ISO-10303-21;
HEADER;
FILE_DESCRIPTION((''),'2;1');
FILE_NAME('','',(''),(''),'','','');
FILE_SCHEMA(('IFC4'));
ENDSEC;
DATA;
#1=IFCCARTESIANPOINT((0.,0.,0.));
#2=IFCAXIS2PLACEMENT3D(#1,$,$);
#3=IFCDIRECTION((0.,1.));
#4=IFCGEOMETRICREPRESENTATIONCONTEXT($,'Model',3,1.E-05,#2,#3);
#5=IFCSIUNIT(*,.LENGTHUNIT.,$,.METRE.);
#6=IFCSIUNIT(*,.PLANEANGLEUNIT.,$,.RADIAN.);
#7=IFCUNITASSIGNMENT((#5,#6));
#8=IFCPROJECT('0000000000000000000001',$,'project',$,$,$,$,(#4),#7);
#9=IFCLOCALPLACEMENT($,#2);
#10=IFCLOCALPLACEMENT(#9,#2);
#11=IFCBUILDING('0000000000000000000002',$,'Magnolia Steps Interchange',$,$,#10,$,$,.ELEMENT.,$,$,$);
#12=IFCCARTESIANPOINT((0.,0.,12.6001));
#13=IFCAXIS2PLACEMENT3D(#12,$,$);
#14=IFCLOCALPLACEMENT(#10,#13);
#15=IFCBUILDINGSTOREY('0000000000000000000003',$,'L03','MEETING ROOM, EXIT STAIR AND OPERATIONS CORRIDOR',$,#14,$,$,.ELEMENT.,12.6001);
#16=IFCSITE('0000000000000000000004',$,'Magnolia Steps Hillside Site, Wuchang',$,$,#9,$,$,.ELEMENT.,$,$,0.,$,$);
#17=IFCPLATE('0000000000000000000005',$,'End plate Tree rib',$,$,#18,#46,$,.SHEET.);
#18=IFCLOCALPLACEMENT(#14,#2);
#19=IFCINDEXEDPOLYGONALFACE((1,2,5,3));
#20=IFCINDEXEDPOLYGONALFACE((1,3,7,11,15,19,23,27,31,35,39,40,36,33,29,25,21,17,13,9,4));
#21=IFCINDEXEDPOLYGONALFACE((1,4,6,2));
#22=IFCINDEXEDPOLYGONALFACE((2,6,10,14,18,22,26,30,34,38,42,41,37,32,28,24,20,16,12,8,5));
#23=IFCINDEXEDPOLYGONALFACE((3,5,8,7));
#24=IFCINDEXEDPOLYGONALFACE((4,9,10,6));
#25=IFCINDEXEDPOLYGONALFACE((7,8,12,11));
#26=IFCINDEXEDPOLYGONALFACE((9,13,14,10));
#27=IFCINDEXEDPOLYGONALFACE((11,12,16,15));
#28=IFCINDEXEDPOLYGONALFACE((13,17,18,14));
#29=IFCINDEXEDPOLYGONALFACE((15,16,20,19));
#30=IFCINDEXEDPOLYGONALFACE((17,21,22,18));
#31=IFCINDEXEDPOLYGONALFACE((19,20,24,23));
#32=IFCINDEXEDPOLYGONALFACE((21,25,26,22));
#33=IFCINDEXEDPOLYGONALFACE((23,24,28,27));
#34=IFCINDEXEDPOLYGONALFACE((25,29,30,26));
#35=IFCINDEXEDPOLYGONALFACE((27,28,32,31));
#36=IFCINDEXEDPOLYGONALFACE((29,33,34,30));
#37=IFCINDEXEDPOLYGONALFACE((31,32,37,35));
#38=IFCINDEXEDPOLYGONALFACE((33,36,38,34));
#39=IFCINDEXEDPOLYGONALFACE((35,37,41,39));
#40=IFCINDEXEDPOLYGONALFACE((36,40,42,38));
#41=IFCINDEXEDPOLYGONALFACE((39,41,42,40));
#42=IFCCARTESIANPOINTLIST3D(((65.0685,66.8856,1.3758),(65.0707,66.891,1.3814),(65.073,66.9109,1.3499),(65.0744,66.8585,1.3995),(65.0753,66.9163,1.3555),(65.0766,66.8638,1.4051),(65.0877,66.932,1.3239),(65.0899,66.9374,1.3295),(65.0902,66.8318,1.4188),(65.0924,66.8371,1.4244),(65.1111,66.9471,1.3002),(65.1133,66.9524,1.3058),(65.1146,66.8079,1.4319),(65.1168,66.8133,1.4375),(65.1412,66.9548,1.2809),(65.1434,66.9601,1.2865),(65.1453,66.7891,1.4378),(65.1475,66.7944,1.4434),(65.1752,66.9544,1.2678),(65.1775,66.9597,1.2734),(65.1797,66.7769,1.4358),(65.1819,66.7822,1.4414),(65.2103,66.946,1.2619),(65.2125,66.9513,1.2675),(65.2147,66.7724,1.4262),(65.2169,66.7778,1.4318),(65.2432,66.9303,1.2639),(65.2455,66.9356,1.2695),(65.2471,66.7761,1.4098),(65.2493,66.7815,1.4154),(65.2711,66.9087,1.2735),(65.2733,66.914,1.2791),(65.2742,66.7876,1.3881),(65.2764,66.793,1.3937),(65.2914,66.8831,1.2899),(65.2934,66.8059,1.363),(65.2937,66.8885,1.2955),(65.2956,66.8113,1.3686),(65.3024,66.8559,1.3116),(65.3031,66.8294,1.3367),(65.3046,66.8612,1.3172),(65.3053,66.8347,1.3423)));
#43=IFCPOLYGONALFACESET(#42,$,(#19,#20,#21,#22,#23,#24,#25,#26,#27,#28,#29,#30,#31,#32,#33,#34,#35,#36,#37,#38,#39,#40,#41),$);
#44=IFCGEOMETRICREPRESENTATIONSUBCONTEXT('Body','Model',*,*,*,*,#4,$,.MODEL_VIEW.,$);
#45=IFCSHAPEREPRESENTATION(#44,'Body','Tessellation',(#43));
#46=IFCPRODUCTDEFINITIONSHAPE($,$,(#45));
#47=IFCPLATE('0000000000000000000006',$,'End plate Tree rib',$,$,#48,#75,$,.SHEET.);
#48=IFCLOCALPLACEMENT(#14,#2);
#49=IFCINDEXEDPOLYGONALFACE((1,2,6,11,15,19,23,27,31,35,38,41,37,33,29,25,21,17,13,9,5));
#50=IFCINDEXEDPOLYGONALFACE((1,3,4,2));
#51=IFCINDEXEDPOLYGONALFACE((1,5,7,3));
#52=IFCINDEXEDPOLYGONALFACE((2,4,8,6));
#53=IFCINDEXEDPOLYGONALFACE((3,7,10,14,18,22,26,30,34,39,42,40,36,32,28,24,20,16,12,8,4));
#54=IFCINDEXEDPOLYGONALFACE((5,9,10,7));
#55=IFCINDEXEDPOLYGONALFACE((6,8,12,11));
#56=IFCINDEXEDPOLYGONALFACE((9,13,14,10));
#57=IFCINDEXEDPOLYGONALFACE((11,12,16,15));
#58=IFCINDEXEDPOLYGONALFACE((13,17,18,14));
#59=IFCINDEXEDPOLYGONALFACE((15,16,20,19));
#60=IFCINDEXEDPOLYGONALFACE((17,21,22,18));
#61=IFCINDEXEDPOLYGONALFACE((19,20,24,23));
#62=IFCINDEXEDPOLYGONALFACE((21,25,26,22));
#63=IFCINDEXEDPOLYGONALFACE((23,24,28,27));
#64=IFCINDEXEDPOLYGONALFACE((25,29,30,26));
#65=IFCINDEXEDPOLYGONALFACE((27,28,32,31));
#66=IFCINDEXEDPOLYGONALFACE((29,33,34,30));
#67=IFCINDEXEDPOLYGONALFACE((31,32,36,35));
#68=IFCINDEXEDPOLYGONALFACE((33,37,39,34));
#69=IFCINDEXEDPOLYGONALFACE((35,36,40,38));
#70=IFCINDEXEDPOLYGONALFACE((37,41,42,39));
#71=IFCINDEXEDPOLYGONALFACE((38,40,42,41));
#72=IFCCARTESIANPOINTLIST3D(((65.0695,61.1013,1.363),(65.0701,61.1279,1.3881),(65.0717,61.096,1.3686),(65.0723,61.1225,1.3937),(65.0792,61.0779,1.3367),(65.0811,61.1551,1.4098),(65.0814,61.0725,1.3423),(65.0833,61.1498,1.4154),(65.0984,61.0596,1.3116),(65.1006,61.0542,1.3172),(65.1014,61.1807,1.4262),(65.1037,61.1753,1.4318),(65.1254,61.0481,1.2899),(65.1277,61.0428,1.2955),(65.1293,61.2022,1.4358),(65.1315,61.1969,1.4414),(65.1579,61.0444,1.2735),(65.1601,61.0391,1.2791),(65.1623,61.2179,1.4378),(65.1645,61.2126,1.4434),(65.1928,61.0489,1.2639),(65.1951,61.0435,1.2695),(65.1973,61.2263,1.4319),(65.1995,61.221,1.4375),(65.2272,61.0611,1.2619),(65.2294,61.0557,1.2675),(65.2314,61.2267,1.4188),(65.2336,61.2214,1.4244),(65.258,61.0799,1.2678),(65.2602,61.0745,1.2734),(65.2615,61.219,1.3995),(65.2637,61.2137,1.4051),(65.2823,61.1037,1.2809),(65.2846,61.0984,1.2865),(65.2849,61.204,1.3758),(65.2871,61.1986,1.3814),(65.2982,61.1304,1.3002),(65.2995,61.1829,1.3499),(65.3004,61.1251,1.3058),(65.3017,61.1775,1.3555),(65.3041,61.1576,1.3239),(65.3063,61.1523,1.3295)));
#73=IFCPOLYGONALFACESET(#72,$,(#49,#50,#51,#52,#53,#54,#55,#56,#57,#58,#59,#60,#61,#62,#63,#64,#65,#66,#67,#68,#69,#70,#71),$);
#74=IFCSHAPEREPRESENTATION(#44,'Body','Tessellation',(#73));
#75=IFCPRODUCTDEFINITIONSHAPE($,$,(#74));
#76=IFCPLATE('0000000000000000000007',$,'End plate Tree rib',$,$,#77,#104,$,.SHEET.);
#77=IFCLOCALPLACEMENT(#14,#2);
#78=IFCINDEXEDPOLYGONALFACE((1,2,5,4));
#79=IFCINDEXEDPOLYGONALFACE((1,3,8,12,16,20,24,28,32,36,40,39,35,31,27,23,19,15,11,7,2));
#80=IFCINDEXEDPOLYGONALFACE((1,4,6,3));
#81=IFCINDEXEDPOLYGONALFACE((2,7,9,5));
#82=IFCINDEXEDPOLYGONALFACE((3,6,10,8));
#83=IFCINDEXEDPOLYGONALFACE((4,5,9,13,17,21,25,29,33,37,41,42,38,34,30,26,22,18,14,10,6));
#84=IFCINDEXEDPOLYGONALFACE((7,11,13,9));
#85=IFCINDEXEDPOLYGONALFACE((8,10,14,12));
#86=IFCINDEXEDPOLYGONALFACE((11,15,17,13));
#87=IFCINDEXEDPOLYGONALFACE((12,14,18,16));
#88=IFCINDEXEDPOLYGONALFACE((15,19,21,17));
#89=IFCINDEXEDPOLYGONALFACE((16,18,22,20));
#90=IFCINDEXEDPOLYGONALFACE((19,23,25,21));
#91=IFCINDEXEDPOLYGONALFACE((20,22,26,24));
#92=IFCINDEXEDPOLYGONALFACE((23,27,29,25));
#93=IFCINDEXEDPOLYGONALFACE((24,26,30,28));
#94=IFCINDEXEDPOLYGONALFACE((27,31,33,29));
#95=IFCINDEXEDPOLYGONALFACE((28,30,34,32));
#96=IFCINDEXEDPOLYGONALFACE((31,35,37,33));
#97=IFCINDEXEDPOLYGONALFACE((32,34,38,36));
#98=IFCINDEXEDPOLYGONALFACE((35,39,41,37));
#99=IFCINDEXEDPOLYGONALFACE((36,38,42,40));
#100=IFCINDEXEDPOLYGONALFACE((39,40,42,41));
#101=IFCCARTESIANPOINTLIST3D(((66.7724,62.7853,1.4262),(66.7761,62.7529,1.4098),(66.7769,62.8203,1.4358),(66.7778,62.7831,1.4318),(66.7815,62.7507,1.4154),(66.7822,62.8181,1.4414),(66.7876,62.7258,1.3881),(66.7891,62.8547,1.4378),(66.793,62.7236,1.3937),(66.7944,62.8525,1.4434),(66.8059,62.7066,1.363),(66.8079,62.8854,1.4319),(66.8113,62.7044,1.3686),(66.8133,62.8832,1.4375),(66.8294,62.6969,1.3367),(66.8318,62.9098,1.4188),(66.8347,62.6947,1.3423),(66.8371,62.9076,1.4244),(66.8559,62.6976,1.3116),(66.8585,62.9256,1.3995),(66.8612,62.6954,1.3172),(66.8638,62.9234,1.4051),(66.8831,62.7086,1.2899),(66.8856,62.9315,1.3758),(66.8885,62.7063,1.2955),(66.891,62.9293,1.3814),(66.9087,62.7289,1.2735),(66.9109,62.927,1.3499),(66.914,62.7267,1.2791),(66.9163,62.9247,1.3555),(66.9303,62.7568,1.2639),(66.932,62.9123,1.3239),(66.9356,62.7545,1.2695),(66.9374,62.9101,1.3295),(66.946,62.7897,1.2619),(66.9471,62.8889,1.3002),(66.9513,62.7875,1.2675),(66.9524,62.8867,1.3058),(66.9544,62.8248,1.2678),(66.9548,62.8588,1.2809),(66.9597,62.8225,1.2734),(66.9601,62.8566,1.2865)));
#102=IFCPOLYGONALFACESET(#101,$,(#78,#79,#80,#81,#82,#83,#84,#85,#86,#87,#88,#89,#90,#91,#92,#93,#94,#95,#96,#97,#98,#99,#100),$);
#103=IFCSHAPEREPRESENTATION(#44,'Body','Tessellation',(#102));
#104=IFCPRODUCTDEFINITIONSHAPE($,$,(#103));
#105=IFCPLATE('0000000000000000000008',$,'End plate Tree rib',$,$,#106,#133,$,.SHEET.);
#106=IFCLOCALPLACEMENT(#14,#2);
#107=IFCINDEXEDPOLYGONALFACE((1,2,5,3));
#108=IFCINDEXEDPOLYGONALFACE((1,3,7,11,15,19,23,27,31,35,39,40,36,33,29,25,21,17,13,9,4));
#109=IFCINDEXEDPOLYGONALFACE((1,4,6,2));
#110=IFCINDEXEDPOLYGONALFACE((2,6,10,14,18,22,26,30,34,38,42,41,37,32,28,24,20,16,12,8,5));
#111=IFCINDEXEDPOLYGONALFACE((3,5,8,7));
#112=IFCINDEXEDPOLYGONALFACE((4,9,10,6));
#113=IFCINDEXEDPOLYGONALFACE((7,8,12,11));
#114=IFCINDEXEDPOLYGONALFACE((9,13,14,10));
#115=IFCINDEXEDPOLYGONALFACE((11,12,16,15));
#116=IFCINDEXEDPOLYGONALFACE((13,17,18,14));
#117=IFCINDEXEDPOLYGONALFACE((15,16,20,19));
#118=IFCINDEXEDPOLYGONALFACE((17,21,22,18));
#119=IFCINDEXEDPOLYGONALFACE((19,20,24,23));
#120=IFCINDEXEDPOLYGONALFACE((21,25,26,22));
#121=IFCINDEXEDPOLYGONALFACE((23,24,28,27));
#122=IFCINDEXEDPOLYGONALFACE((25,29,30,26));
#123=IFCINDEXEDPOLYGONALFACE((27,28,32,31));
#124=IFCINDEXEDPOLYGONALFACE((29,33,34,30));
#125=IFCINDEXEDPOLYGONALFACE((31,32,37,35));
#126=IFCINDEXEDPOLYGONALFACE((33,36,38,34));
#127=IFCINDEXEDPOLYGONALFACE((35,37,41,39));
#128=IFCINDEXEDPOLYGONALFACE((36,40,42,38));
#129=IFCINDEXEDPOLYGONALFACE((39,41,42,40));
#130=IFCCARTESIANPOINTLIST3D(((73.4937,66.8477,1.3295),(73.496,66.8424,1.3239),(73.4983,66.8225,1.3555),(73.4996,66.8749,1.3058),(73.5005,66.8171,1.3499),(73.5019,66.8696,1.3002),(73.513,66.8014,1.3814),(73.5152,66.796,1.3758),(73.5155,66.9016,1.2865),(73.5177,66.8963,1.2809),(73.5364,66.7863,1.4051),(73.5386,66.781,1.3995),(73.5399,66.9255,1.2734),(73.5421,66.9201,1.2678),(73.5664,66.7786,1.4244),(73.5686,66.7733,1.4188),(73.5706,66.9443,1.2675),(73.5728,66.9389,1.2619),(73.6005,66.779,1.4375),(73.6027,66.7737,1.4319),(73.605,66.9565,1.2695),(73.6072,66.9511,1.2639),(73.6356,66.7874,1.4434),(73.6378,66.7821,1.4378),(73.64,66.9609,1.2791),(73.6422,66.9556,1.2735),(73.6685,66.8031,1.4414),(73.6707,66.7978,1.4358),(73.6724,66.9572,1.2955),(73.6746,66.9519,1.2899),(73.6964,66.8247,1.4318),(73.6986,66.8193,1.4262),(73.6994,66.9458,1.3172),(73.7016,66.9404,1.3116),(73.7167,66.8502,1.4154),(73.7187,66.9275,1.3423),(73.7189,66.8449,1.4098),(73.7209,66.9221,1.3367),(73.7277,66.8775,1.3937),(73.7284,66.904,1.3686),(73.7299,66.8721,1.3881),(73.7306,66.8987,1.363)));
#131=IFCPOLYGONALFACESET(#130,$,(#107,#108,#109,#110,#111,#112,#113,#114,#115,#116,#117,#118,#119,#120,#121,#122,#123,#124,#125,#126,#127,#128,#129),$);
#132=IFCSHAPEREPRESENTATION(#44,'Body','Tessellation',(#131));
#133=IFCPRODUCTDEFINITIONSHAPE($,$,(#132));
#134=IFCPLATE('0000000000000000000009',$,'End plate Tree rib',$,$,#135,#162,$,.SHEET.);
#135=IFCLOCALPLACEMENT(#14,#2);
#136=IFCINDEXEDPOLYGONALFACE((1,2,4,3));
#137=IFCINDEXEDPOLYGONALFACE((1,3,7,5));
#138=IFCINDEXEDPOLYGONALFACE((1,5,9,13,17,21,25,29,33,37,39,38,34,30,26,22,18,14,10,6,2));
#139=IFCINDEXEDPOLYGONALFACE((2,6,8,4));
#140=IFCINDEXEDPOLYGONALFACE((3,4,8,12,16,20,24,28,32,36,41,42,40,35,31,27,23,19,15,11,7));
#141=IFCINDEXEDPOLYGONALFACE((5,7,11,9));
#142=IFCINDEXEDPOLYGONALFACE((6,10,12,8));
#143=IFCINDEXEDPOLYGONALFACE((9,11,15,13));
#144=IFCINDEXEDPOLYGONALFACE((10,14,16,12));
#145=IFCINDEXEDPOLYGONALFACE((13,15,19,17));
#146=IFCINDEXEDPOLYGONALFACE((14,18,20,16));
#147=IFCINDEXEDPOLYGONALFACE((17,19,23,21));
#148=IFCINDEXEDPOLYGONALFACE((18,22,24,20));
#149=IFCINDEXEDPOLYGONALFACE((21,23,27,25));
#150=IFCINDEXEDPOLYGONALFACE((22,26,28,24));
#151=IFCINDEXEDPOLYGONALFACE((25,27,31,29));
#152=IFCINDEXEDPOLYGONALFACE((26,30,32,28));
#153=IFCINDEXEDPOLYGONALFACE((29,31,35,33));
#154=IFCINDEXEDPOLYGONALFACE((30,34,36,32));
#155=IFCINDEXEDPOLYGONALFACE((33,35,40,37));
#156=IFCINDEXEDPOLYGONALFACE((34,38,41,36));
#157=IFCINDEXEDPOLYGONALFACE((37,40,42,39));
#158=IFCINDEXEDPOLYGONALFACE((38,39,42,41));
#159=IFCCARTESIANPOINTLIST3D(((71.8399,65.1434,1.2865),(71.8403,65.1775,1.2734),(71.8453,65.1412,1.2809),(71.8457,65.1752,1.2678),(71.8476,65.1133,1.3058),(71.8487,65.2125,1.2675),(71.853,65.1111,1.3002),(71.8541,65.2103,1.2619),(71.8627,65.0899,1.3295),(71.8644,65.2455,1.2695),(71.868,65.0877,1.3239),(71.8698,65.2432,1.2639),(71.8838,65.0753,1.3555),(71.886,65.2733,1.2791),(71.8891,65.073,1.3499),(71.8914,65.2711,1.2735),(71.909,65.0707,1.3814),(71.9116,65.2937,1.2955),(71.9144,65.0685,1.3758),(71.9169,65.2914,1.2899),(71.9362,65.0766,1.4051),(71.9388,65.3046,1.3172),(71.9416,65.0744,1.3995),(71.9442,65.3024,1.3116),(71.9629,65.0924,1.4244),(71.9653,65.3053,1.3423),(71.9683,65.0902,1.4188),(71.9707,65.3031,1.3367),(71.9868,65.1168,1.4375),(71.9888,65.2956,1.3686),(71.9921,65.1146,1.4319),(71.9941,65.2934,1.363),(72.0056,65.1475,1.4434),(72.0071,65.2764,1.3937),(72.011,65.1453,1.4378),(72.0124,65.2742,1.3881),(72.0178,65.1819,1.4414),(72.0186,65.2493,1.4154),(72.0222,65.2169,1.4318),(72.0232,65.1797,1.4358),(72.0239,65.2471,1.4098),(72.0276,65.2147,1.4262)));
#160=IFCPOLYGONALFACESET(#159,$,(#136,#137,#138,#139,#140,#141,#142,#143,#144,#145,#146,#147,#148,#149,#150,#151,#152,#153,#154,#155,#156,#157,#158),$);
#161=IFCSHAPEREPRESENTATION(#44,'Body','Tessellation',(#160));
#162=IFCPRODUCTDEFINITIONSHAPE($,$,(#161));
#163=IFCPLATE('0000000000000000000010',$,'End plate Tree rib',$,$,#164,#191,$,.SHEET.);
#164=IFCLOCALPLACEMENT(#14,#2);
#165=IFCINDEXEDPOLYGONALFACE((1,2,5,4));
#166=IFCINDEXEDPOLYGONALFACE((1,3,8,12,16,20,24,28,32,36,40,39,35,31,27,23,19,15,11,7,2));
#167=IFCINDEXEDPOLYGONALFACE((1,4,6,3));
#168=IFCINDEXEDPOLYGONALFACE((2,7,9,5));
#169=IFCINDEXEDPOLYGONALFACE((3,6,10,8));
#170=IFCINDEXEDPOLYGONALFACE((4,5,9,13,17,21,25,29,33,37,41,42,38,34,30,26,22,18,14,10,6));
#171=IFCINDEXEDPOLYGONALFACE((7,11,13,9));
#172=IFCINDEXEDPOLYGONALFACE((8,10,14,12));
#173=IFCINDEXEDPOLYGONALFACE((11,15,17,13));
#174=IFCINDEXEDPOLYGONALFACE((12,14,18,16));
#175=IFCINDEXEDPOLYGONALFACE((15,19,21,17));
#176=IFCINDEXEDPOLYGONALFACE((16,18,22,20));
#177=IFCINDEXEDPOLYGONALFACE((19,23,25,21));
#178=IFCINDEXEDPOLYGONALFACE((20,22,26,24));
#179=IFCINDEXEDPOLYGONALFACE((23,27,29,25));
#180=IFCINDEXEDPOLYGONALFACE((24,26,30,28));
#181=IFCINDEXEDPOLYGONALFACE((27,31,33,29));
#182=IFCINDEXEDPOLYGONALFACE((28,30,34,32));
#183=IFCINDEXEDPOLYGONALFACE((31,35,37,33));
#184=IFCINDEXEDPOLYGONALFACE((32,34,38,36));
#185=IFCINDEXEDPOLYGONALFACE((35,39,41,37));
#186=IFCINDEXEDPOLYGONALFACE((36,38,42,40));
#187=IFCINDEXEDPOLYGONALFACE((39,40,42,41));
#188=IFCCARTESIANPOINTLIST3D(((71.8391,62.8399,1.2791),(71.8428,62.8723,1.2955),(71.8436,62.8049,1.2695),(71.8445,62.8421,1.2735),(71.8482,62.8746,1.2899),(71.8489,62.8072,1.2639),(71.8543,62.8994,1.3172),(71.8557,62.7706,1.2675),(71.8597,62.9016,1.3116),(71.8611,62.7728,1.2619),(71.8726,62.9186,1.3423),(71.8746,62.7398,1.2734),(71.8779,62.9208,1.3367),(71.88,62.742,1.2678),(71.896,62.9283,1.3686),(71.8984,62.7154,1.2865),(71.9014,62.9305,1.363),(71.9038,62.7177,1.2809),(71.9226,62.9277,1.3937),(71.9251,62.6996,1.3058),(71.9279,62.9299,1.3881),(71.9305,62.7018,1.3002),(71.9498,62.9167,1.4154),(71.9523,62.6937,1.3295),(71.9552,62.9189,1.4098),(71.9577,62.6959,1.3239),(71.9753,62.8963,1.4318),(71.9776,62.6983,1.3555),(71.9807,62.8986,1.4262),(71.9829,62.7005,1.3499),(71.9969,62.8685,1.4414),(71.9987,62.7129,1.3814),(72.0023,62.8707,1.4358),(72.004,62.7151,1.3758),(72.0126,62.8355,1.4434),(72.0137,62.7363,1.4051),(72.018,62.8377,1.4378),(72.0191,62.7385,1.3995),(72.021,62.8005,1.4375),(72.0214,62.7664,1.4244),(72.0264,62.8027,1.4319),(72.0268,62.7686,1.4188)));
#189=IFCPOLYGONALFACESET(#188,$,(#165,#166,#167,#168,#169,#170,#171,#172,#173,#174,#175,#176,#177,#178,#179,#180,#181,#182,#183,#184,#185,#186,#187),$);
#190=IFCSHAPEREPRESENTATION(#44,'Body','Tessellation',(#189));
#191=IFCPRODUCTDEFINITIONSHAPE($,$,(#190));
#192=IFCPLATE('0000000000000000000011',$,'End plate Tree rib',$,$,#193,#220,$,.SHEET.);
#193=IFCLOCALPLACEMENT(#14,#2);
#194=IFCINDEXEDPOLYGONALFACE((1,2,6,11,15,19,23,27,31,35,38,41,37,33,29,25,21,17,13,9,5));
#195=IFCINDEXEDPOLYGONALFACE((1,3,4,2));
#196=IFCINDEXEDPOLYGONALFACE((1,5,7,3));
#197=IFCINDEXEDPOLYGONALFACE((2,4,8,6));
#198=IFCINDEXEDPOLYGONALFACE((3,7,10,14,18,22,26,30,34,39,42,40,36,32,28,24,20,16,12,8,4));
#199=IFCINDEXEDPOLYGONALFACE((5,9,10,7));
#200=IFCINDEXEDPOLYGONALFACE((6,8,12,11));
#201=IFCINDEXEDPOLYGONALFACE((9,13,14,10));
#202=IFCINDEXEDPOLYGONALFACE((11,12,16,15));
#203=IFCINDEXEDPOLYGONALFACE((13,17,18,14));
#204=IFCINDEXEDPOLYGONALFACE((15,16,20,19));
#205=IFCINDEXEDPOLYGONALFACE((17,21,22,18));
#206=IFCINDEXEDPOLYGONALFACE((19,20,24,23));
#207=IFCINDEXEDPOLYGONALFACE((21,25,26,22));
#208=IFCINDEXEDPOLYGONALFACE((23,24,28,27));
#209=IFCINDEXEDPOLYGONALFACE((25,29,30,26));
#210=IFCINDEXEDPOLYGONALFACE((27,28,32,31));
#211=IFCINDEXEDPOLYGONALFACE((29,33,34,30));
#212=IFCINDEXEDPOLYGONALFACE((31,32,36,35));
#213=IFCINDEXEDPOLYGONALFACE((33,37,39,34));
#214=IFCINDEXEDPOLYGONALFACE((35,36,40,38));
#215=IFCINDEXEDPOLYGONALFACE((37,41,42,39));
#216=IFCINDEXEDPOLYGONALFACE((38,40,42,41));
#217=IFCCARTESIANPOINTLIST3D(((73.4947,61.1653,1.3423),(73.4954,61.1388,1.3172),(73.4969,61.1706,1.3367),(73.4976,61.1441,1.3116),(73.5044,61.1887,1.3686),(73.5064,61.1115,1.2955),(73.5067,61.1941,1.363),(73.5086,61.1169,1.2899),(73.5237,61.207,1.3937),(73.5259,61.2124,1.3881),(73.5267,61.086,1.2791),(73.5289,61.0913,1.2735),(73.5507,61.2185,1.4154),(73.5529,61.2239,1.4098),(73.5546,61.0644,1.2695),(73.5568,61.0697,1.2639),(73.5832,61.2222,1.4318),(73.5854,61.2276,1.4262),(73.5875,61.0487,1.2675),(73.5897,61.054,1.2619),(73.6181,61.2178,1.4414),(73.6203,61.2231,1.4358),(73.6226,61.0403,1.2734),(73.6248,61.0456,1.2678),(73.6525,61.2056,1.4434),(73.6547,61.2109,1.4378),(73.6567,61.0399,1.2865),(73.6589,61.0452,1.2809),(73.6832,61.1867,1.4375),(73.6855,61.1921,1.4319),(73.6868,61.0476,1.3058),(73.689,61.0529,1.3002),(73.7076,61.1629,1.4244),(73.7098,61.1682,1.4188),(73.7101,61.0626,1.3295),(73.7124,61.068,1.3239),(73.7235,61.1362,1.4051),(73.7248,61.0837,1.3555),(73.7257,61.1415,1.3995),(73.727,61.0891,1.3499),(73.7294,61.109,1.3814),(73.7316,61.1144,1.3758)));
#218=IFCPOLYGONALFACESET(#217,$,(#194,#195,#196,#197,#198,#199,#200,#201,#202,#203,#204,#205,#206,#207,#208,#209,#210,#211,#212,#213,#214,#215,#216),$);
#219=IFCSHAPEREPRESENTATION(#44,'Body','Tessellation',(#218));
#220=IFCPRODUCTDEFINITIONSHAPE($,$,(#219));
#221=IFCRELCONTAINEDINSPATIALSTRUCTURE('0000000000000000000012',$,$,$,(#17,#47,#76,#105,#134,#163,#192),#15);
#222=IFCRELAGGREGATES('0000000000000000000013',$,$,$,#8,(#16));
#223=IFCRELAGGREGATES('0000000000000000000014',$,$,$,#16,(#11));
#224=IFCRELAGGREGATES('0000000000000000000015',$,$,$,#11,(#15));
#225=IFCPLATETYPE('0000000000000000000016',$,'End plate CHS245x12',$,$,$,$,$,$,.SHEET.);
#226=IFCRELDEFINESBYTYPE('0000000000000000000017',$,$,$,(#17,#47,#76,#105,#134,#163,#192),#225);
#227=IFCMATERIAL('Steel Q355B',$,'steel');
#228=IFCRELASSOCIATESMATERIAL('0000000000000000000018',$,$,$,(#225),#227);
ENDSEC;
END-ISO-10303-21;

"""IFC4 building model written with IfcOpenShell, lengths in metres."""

from ifc_helpers import new_model, si_unit, direction, frame, origin, origin_2d, place, context, subcontext, project, spatial, circle, extrude, material, material_profile, profile_set, type_object, element, save


model = new_model("IFC4")

# Units and contexts
model_context = context("Model", 3, precision=1e-05, world=origin(), true_north=direction((0.0, 1.0)))
body_context = subcontext(model_context, "Body", "Model", "MODEL_VIEW")
ifc_project = project(units=[si_unit("LENGTHUNIT", "METRE"), si_unit("PLANEANGLEUNIT", "RADIAN")], contexts=[model_context])

# Site, building, storey
site_placement = place(None, origin())
site = spatial("IfcSite", under=ifc_project, at=site_placement, Name="Magnolia Steps Hillside Site, Wuchang", CompositionType="ELEMENT", RefElevation=0.0)
building_placement = place(site_placement, origin())
building = spatial("IfcBuilding", under=site, at=building_placement, Name="Magnolia Steps Interchange", CompositionType="ELEMENT")
storey_placement = place(building_placement, frame((0.0, 0.0, 12.6001)))
storey = spatial("IfcBuildingStorey", under=building, at=storey_placement, Name="L03", Description="MEETING ROOM, EXIT STAIR AND OPERATIONS CORRIDOR", CompositionType="ELEMENT", Elevation=12.6001)

# Plates
ifc_material_1 = material(Name="Steel Q355B", Category="steel")
ifc_material_profile_1 = material_profile(ifc_material_1, circle(Radius=0.1226, at=origin_2d()), Name="End plate CHS245x12")
ifc_profile_set_1 = profile_set([ifc_material_profile_1], Name="Steel Q355B")
plate_type = type_object("IfcPlateType", Name="End plate CHS245x12", PredefinedType="SHEET", material=ifc_profile_set_1)
for number, where, z_axis, x_axis, name in (
    (1, (65.1863, 66.864, 1.3499), (0.275279, 0.664583, 0.694658), (-0.92388, 0.382683, 0.0), "End plate Tree rib"),
    (2, (65.1863, 61.136, 1.3499), (0.275279, -0.664583, 0.694658), (0.92388, 0.382683, 0.0), "End plate Tree rib"),
    (3, (66.864, 62.8137, 1.3499), (0.664583, -0.275279, 0.694658), (0.382683, 0.92388, 0.0), "End plate Tree rib"),
    (4, (73.6138, 66.864, 1.3499), (-0.275279, 0.664583, 0.694658), (-0.92388, -0.382683, 0.0), "End plate Tree rib"),
    (5, (71.936, 65.1863, 1.3499), (-0.664583, 0.275279, 0.694658), (-0.382683, -0.92388, 0.0), "End plate Tree rib"),
    (6, (71.936, 62.8137, 1.3499), (-0.664583, -0.275279, 0.694658), (0.382683, -0.92388, 0.0), "End plate Tree rib"),
    (7, (73.6138, 61.136, 1.3499), (-0.275279, -0.664583, 0.694658), (0.92388, -0.382683, 0.0), "End plate Tree rib"),
):
    element("IfcPlate", number, at=place(storey_placement, frame(where, z_axis=z_axis, x_axis=x_axis)), inside=storey, type_object=plate_type, Name=name, PredefinedType="SHEET", context=body_context, shape_type="SweptSolid", body=[
        extrude(circle(Radius=0.1226, at=origin_2d()), origin(), (0.0, 0.0, 1.0), 0.0081),
    ])

save(model, "model.ifc")
